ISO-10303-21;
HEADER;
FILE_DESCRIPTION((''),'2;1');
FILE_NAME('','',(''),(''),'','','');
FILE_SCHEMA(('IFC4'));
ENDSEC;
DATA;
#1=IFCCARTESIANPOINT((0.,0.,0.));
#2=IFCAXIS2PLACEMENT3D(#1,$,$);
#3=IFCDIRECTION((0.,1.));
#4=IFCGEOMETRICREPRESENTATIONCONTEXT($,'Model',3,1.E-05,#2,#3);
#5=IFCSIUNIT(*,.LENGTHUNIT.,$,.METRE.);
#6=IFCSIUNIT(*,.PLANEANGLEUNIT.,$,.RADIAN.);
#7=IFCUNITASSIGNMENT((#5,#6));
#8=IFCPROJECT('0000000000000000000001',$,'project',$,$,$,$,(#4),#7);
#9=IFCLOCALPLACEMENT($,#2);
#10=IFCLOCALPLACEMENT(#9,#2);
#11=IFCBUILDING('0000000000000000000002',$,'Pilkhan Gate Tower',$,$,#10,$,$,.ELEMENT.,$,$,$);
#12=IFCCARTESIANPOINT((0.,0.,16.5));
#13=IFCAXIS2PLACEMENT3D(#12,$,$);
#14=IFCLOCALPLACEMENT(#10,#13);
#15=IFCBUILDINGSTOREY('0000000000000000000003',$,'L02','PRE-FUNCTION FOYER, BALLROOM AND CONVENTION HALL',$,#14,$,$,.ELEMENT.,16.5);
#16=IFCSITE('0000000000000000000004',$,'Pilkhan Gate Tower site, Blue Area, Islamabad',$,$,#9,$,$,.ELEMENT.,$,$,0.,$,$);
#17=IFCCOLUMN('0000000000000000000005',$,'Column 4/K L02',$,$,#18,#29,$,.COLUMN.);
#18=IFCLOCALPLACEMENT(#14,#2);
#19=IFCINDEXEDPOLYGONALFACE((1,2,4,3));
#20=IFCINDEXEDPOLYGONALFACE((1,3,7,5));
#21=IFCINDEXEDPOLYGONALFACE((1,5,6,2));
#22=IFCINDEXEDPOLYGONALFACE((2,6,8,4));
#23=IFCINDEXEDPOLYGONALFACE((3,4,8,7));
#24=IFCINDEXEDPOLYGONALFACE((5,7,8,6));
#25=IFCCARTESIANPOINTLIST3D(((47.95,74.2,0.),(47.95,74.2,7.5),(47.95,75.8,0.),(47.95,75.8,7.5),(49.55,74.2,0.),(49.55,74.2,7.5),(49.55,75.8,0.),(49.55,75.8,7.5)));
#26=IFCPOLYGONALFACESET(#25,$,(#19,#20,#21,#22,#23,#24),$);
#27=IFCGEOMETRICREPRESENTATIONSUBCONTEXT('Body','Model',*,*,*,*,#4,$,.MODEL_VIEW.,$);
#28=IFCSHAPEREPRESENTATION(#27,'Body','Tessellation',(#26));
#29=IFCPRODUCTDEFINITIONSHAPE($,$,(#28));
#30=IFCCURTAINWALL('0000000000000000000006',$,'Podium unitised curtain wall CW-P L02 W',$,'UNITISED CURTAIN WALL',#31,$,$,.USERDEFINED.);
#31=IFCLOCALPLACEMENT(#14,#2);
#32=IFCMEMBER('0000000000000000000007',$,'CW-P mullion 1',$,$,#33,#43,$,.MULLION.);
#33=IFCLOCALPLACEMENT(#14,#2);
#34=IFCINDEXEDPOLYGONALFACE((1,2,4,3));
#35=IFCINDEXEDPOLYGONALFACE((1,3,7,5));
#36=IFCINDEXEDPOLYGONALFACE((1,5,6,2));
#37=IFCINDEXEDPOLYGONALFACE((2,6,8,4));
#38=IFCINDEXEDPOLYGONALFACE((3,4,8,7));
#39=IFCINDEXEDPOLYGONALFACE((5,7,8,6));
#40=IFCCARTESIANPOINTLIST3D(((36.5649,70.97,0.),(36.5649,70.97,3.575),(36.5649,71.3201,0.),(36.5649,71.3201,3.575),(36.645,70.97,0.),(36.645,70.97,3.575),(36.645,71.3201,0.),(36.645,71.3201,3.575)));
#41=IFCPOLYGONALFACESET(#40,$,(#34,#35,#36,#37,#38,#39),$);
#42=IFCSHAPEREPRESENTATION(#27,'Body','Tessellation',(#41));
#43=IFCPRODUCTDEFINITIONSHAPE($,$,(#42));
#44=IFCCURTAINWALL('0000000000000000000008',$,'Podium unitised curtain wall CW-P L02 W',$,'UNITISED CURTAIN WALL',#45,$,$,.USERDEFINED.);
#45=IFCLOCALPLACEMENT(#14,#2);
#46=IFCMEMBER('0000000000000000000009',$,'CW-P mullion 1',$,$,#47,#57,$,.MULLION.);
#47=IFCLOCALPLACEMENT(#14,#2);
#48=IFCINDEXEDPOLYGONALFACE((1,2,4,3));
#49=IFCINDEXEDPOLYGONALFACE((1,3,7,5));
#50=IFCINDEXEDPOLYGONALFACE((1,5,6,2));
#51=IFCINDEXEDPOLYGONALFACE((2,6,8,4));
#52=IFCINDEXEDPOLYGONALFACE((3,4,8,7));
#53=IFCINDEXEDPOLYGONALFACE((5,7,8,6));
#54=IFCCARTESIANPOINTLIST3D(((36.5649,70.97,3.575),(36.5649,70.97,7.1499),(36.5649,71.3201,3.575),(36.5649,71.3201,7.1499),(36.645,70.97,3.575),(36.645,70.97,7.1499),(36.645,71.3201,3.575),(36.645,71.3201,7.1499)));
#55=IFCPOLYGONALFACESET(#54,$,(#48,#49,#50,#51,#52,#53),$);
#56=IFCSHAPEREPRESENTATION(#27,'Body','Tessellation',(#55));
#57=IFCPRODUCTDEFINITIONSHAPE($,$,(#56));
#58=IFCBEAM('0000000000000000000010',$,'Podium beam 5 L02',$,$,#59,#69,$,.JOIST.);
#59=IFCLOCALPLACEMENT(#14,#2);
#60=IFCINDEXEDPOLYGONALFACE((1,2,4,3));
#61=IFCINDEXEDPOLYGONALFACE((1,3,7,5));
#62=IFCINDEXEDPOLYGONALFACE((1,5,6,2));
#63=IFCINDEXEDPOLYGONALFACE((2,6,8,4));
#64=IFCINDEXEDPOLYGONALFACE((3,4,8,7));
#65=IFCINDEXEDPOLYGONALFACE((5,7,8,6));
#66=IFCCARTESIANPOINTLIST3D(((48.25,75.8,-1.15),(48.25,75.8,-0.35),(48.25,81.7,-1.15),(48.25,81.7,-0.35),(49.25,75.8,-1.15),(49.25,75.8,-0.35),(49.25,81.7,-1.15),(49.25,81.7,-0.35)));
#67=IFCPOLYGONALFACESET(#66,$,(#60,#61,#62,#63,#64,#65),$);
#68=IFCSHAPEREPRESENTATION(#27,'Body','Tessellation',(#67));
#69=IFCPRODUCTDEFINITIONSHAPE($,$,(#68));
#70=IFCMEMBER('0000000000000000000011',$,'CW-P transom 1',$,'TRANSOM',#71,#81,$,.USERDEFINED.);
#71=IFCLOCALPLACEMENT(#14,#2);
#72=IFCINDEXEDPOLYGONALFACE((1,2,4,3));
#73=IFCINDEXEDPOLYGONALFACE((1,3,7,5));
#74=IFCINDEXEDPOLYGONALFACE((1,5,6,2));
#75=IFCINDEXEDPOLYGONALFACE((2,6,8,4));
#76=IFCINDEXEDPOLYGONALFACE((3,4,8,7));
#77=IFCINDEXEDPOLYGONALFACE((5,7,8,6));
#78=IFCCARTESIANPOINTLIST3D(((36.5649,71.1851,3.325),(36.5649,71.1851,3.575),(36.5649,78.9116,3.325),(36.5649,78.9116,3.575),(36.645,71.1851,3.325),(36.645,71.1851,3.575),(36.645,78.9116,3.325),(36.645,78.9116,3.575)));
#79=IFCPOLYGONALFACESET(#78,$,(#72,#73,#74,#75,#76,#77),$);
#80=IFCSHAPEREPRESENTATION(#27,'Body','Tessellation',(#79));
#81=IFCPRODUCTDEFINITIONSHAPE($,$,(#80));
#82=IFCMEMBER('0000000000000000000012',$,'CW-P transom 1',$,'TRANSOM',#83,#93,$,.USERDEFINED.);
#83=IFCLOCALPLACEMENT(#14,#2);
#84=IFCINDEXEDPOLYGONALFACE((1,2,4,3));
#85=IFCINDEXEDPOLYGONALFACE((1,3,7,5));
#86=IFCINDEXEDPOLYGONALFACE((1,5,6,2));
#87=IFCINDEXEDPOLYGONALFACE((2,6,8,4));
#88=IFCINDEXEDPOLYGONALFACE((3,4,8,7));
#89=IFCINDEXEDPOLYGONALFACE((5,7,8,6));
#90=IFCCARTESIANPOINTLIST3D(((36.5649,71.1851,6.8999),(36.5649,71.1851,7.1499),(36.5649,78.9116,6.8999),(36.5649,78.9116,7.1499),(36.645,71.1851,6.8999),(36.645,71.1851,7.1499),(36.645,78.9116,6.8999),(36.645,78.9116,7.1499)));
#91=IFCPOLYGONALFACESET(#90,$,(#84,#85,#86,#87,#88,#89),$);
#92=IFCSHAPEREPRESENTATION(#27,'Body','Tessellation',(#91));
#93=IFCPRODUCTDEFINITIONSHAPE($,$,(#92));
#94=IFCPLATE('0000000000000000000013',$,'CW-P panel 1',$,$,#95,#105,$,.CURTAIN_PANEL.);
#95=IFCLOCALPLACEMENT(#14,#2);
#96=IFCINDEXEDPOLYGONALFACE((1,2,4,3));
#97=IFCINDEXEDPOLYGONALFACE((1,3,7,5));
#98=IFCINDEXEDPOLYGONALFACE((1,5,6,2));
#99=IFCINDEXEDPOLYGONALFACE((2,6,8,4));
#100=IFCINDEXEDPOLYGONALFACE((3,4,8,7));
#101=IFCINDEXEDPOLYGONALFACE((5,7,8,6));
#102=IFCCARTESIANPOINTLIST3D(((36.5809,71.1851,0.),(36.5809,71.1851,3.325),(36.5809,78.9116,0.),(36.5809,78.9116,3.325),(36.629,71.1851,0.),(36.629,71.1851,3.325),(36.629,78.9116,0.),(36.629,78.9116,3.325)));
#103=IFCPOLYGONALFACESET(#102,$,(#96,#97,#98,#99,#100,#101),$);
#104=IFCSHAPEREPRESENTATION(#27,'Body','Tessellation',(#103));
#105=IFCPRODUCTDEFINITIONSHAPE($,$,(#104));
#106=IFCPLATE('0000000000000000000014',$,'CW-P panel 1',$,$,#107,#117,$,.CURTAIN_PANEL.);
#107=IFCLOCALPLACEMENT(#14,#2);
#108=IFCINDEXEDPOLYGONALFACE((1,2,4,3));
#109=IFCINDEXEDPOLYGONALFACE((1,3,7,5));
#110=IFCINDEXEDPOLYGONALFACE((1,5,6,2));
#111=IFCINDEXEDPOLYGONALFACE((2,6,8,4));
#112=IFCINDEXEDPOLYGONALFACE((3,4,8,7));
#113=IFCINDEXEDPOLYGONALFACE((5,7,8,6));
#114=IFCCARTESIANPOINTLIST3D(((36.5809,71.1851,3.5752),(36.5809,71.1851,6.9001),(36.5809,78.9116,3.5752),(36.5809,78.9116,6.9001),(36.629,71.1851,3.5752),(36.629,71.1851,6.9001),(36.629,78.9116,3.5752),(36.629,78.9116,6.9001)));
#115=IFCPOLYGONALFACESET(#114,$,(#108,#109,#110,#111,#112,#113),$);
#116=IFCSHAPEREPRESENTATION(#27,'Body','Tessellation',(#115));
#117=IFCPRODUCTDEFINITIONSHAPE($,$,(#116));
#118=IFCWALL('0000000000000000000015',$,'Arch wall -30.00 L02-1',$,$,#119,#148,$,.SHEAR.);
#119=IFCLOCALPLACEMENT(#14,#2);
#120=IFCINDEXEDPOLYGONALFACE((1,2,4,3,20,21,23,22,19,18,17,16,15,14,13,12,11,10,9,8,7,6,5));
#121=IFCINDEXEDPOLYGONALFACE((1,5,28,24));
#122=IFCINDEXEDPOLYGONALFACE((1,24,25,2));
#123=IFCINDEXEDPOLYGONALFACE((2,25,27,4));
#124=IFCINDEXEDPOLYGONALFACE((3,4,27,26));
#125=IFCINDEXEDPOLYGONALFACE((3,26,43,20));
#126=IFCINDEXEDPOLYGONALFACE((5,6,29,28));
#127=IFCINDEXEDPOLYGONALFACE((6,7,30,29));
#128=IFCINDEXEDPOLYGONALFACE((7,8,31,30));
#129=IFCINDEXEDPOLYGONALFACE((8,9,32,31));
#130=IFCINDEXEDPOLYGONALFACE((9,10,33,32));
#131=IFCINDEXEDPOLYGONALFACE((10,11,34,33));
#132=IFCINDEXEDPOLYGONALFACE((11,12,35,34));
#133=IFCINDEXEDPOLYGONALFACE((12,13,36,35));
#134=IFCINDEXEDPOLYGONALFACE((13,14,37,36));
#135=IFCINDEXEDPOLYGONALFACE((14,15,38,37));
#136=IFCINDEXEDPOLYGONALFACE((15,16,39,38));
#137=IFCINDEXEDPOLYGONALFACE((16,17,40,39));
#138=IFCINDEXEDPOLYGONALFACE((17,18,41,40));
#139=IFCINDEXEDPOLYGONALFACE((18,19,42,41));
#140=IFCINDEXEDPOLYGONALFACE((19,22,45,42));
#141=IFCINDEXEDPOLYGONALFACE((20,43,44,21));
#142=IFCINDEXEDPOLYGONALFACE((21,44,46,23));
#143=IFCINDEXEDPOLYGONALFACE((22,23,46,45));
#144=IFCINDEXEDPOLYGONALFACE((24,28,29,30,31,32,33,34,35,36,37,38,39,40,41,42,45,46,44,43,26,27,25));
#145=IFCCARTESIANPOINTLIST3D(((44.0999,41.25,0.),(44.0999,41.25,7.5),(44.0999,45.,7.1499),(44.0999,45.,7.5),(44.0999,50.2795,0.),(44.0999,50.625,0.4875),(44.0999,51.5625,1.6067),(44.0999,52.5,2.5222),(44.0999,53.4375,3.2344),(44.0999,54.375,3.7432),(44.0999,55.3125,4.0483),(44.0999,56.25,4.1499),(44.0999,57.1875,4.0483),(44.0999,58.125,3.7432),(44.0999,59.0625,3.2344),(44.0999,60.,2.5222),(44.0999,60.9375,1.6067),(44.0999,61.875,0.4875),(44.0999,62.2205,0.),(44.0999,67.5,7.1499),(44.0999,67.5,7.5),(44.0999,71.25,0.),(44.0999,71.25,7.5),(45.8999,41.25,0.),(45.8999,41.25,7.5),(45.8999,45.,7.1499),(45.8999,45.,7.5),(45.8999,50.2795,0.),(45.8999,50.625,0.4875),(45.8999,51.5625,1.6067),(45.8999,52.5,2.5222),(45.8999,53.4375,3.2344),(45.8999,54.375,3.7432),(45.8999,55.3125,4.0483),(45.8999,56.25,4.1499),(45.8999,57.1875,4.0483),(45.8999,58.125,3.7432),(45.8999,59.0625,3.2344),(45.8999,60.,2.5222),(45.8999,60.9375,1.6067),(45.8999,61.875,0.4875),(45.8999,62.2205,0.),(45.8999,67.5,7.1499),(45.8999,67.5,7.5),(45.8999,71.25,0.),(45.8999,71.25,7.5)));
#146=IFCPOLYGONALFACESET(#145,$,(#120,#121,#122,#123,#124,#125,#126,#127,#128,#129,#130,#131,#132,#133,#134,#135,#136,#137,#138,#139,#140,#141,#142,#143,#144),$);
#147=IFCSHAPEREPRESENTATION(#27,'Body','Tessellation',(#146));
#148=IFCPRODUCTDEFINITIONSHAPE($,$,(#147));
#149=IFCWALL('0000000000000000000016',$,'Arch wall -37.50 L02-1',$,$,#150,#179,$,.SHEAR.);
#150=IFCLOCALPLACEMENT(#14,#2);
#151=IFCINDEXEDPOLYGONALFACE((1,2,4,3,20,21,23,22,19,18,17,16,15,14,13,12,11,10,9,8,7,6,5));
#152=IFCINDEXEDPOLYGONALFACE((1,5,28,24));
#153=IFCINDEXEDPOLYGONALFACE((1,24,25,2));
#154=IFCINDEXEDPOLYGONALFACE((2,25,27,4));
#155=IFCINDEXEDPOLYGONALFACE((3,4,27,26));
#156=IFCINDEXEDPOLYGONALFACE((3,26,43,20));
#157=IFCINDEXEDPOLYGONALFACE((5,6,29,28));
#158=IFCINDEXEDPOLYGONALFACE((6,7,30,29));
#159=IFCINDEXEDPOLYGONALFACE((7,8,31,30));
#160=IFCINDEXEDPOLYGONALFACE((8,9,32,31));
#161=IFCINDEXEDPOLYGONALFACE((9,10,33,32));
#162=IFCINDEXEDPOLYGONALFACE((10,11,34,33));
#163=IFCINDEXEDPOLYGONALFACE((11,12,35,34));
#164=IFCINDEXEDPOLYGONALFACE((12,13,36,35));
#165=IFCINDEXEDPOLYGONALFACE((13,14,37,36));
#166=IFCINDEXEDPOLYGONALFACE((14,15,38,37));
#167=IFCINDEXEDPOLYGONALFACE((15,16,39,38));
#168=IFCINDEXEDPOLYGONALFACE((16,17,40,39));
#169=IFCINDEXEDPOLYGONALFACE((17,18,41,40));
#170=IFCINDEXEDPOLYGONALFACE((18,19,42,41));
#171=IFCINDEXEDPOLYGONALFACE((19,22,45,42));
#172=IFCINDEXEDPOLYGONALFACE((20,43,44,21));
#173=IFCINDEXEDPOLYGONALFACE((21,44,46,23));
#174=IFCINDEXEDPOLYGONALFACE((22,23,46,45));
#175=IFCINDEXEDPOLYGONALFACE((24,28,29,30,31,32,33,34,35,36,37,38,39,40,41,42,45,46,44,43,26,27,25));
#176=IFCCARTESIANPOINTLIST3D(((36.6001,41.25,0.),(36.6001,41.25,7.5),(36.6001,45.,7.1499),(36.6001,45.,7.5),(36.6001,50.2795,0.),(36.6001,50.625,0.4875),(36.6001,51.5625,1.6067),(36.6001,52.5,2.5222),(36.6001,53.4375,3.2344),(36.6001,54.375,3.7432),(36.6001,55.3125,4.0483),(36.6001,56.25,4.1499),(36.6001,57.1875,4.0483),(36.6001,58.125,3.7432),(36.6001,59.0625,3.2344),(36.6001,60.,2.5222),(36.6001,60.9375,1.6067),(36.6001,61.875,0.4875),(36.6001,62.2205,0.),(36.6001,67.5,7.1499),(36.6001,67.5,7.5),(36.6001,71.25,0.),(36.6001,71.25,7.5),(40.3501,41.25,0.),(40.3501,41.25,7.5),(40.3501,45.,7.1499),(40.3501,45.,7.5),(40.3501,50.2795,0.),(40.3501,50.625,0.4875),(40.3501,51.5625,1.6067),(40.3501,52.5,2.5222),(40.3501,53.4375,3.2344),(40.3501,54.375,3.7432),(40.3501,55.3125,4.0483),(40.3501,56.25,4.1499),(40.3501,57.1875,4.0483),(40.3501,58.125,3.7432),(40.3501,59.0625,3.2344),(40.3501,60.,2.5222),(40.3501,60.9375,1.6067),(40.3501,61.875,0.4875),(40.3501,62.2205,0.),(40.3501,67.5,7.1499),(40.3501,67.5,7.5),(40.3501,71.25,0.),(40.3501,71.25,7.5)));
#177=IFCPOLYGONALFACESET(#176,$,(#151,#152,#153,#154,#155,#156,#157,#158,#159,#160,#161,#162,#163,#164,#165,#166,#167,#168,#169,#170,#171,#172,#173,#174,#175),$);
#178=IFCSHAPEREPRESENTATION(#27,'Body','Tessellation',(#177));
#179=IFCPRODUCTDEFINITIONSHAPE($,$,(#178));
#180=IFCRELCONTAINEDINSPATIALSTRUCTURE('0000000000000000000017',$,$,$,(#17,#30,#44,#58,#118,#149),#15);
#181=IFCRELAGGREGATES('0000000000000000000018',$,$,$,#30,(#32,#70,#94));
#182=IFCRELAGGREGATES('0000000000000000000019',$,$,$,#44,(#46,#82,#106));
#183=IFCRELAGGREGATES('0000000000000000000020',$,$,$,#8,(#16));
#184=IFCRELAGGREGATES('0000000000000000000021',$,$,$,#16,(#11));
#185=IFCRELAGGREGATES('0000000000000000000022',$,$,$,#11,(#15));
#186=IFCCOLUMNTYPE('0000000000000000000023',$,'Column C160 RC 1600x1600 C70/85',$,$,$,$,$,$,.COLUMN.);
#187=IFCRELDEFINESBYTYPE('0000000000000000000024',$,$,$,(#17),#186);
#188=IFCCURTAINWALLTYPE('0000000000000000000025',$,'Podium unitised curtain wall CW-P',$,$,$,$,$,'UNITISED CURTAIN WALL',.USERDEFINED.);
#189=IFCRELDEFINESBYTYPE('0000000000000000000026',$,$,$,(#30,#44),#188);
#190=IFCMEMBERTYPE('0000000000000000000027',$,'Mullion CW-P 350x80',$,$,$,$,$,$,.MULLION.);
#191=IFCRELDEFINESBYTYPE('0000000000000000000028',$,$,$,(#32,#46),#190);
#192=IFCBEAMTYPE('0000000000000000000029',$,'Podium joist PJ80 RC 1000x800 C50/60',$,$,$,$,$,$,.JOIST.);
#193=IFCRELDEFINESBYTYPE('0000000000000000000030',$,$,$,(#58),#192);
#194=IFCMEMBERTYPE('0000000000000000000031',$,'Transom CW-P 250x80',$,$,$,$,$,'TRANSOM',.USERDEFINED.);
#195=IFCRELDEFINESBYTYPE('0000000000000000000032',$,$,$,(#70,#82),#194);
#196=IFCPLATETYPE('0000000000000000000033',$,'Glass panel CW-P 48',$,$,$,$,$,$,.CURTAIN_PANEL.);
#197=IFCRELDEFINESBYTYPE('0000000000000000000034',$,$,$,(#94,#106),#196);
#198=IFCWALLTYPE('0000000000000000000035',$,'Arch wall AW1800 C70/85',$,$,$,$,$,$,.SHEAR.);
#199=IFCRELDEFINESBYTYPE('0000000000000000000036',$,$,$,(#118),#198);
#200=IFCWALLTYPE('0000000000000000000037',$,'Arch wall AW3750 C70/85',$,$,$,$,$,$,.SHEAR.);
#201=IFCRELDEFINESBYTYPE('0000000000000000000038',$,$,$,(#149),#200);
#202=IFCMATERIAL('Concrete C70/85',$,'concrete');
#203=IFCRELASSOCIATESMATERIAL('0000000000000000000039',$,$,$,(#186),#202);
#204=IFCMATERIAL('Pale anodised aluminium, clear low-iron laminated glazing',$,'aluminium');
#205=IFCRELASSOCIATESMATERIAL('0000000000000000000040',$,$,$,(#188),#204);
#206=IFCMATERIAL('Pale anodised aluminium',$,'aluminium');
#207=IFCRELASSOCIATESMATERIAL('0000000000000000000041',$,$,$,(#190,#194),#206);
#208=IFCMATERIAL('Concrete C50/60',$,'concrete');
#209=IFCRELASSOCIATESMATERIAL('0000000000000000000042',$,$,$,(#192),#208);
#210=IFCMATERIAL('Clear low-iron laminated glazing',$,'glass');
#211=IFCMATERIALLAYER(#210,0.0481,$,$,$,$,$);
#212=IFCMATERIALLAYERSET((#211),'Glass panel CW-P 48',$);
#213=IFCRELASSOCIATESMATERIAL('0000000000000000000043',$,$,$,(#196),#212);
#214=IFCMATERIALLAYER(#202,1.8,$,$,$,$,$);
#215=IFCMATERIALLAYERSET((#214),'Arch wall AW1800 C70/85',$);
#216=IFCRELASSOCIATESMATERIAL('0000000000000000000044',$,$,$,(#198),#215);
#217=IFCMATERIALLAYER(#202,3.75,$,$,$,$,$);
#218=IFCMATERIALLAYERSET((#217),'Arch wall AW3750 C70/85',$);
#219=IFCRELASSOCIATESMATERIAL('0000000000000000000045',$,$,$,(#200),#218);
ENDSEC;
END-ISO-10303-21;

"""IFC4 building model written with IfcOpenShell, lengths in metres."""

from ifc_helpers import new_model, si_unit, direction, frame, origin, origin_2d, place, context, subcontext, project, spatial, polyline, rectangle, outline, extrude, material, layer, layer_set, material_profile, profile_set, type_object, element, aggregate, save


model = new_model("IFC4")

# Units and contexts
model_context = context("Model", 3, precision=1e-05, world=origin(), true_north=direction((0.0, 1.0)))
body_context = subcontext(model_context, "Body", "Model", "MODEL_VIEW")
ifc_project = project(units=[si_unit("LENGTHUNIT", "METRE"), si_unit("PLANEANGLEUNIT", "RADIAN")], contexts=[model_context])

# Site, building, storey
site_placement = place(None, origin())
site = spatial("IfcSite", under=ifc_project, at=site_placement, Name="Pilkhan Gate Tower site, Blue Area, Islamabad", CompositionType="ELEMENT", RefElevation=0.0)
building_placement = place(site_placement, origin())
building = spatial("IfcBuilding", under=site, at=building_placement, Name="Pilkhan Gate Tower", CompositionType="ELEMENT")
storey_placement = place(building_placement, frame((0.0, 0.0, 16.5)))
storey = spatial("IfcBuildingStorey", under=building, at=storey_placement, Name="L02", Description="PRE-FUNCTION FOYER, BALLROOM AND CONVENTION HALL", CompositionType="ELEMENT", Elevation=16.5)

# Column
ifc_material_1 = material(Name="Concrete C70/85", Category="concrete")
ifc_material_profile_1 = material_profile(ifc_material_1, rectangle(XDim=1.6001, YDim=1.6001, at=origin_2d()), Name="RC 1600x1600")
ifc_profile_set_1 = profile_set([ifc_material_profile_1], Name="Concrete C70/85")
column_type = type_object("IfcColumnType", Name="Column C160 RC 1600x1600 C70/85", PredefinedType="COLUMN", material=ifc_profile_set_1)
column_placement = place(storey_placement, frame((48.75, 75.0, 0.0), z_axis=(0.0, 0.0, 1.0), x_axis=(1.0, 0.0, 0.0)))
element("IfcColumn", 1, at=column_placement, inside=storey, type_object=column_type, Name="Column 4/K L02", PredefinedType="COLUMN", context=body_context, shape_type="SweptSolid", body=[
    extrude(rectangle(XDim=1.6001, YDim=1.6001, at=origin_2d()), origin(), (0.0, 0.0, 1.0), 7.5),
])

# Curtain walls, members
ifc_material_2 = material(Name="Pale anodised aluminium, clear low-iron laminated glazing", Category="aluminium")
curtain_wall_type = type_object("IfcCurtainWallType", Name="Podium unitised curtain wall CW-P", ElementType="UNITISED CURTAIN WALL", PredefinedType="USERDEFINED", material=ifc_material_2)
curtain_wall_1_placement = place(storey_placement, origin())
curtain_wall_1 = element("IfcCurtainWall", 2, at=curtain_wall_1_placement, inside=storey, type_object=curtain_wall_type, Name="Podium unitised curtain wall CW-P L02 W", ObjectType="UNITISED CURTAIN WALL", PredefinedType="USERDEFINED")
ifc_material_3 = material(Name="Pale anodised aluminium", Category="aluminium")
ifc_material_profile_2 = material_profile(ifc_material_3, rectangle(XDim=0.0801, YDim=0.3501, at=origin_2d()), Name="Mullion 350x80")
ifc_profile_set_2 = profile_set([ifc_material_profile_2], Name="Pale anodised aluminium")
member_type_1 = type_object("IfcMemberType", Name="Mullion CW-P 350x80", PredefinedType="MULLION", material=ifc_profile_set_2)
member_1_placement = place(storey_placement, frame((36.605, 71.145, 0.0), z_axis=(0.0, 0.0, 1.0), x_axis=(-1.0, 0.0, 0.0)))
member_1 = element("IfcMember", 3, at=member_1_placement, type_object=member_type_1, Name="CW-P mullion 1", PredefinedType="MULLION", context=body_context, shape_type="SweptSolid", body=[
    extrude(rectangle(XDim=0.0801, YDim=0.3501, at=origin_2d()), origin(), (0.0, 0.0, 1.0), 3.575),
])
curtain_wall_2_placement = place(storey_placement, origin())
curtain_wall_2 = element("IfcCurtainWall", 4, at=curtain_wall_2_placement, inside=storey, type_object=curtain_wall_type, Name="Podium unitised curtain wall CW-P L02 W", ObjectType="UNITISED CURTAIN WALL", PredefinedType="USERDEFINED")
member_2_placement = place(storey_placement, frame((36.605, 71.145, 3.575), z_axis=(0.0, 0.0, 1.0), x_axis=(-1.0, 0.0, 0.0)))
member_2 = element("IfcMember", 5, at=member_2_placement, type_object=member_type_1, Name="CW-P mullion 1", PredefinedType="MULLION", context=body_context, shape_type="SweptSolid", body=[
    extrude(rectangle(XDim=0.0801, YDim=0.3501, at=origin_2d()), origin(), (0.0, 0.0, 1.0), 3.575),
])

# Beam
ifc_material_4 = material(Name="Concrete C50/60", Category="concrete")
ifc_material_profile_3 = material_profile(ifc_material_4, rectangle(XDim=1.0, YDim=0.8, at=origin_2d()), Name="RC 1000x800")
ifc_profile_set_3 = profile_set([ifc_material_profile_3], Name="Concrete C50/60")
beam_type = type_object("IfcBeamType", Name="Podium joist PJ80 RC 1000x800 C50/60", PredefinedType="JOIST", material=ifc_profile_set_3)
beam_placement = place(storey_placement, frame((48.75, 75.8, -0.75), z_axis=(0.0, 1.0, 0.0), x_axis=(-1.0, 0.0, 0.0)))
element("IfcBeam", 6, at=beam_placement, inside=storey, type_object=beam_type, Name="Podium beam 5 L02", PredefinedType="JOIST", context=body_context, shape_type="SweptSolid", body=[
    extrude(rectangle(XDim=1.0, YDim=0.8, at=origin_2d()), origin(), (0.0, 0.0, 1.0), 5.8999),
])

# Members
ifc_material_profile_4 = material_profile(ifc_material_3, rectangle(XDim=0.0801, YDim=0.25, at=origin_2d()), Name="Transom 250x80")
ifc_profile_set_4 = profile_set([ifc_material_profile_4], Name="Pale anodised aluminium")
member_type_2 = type_object("IfcMemberType", Name="Transom CW-P 250x80", ElementType="TRANSOM", PredefinedType="USERDEFINED", material=ifc_profile_set_4)
member_3_placement = place(storey_placement, frame((36.605, 71.1851, 3.45), z_axis=(0.0, 1.0, 0.0), x_axis=(-1.0, 0.0, 0.0)))
member_3 = element("IfcMember", 7, at=member_3_placement, type_object=member_type_2, Name="CW-P transom 1", ObjectType="TRANSOM", PredefinedType="USERDEFINED", context=body_context, shape_type="SweptSolid", body=[
    extrude(rectangle(XDim=0.0801, YDim=0.25, at=origin_2d()), origin(), (0.0, 0.0, 1.0), 7.7266),
])
member_4_placement = place(storey_placement, frame((36.605, 71.1851, 7.0249), z_axis=(0.0, 1.0, 0.0), x_axis=(-1.0, 0.0, 0.0)))
member_4 = element("IfcMember", 8, at=member_4_placement, type_object=member_type_2, Name="CW-P transom 1", ObjectType="TRANSOM", PredefinedType="USERDEFINED", context=body_context, shape_type="SweptSolid", body=[
    extrude(rectangle(XDim=0.0801, YDim=0.25, at=origin_2d()), origin(), (0.0, 0.0, 1.0), 7.7266),
])

# Plates
ifc_material_5 = material(Name="Clear low-iron laminated glazing", Category="glass")
ifc_layer_1 = layer(ifc_material_5, 0.0481)
ifc_layer_set_1 = layer_set([ifc_layer_1], Name="Glass panel CW-P 48")
plate_type = type_object("IfcPlateType", Name="Glass panel CW-P 48", PredefinedType="CURTAIN_PANEL", material=ifc_layer_set_1)
plate_1_placement = place(storey_placement, frame((36.605, 75.0483, 0.0), z_axis=(0.0, 0.0, 1.0), x_axis=(0.0, 1.0, 0.0)))
plate_1 = element("IfcPlate", 9, at=plate_1_placement, type_object=plate_type, Name="CW-P panel 1", PredefinedType="CURTAIN_PANEL", context=body_context, shape_type="SweptSolid", body=[
    extrude(rectangle(XDim=7.7266, YDim=0.0481, at=origin_2d()), origin(), (0.0, 0.0, 1.0), 3.325),
])
aggregate(curtain_wall_1, [member_1, member_3, plate_1])
plate_2_placement = place(storey_placement, frame((36.605, 75.0483, 3.5752), z_axis=(0.0, 0.0, 1.0), x_axis=(0.0, 1.0, 0.0)))
plate_2 = element("IfcPlate", 10, at=plate_2_placement, type_object=plate_type, Name="CW-P panel 1", PredefinedType="CURTAIN_PANEL", context=body_context, shape_type="SweptSolid", body=[
    extrude(rectangle(XDim=7.7266, YDim=0.0481, at=origin_2d()), origin(), (0.0, 0.0, 1.0), 3.325),
])
aggregate(curtain_wall_2, [member_2, member_4, plate_2])

# Walls
ifc_layer_2 = layer(ifc_material_1, 1.8)
ifc_layer_set_2 = layer_set([ifc_layer_2], Name="Arch wall AW1800 C70/85")
wall_type_1 = type_object("IfcWallType", Name="Arch wall AW1800 C70/85", PredefinedType="SHEAR", material=ifc_layer_set_2)
wall_1_placement = place(storey_placement, frame((45.8999, 62.2205, 0.0), z_axis=(1.0, 0.0, 0.0), x_axis=(0.0, 1.0, 0.0)))
element("IfcWall", 11, at=wall_1_placement, inside=storey, type_object=wall_type_1, Name="Arch wall -30.00 L02-1", PredefinedType="SHEAR", context=body_context, shape_type="SweptSolid", body=[
    extrude(outline(polyline([(0.0, 0.0), (9.0295, 0.0), (9.0295, 7.5), (5.2795, 7.5), (5.2795, 7.1499), (-17.2205, 7.1499), (-17.2205, 7.5), (-20.9705, 7.5), (-20.9705, 0.0), (-11.9409, 0.0), (-11.5955, 0.4875), (-10.658, 1.6067), (-9.7205, 2.5222), (-8.783, 3.2344), (-7.8455, 3.7432), (-6.908, 4.0483), (-5.9705, 4.1499), (-5.033, 4.0483), (-4.0955, 3.7432), (-3.158, 3.2344), (-2.2205, 2.5222), (-1.283, 1.6067), (-0.3455, 0.4875), (0.0, 0.0)])), origin(), (0.0, 0.0, -1.0), 1.8),
])
ifc_layer_3 = layer(ifc_material_1, 3.75)
ifc_layer_set_3 = layer_set([ifc_layer_3], Name="Arch wall AW3750 C70/85")
wall_type_2 = type_object("IfcWallType", Name="Arch wall AW3750 C70/85", PredefinedType="SHEAR", material=ifc_layer_set_3)
wall_2_placement = place(storey_placement, frame((40.3501, 62.2205, 0.0), z_axis=(1.0, 0.0, 0.0), x_axis=(0.0, 1.0, 0.0)))
element("IfcWall", 12, at=wall_2_placement, inside=storey, type_object=wall_type_2, Name="Arch wall -37.50 L02-1", PredefinedType="SHEAR", context=body_context, shape_type="SweptSolid", body=[
    extrude(outline(polyline([(0.0, 0.0), (9.0295, 0.0), (9.0295, 7.5), (5.2795, 7.5), (5.2795, 7.1499), (-17.2205, 7.1499), (-17.2205, 7.5), (-20.9705, 7.5), (-20.9705, 0.0), (-11.9409, 0.0), (-11.5955, 0.4875), (-10.658, 1.6067), (-9.7205, 2.5222), (-8.783, 3.2344), (-7.8455, 3.7432), (-6.908, 4.0483), (-5.9705, 4.1499), (-5.033, 4.0483), (-4.0955, 3.7432), (-3.158, 3.2344), (-2.2205, 2.5222), (-1.283, 1.6067), (-0.3455, 0.4875), (0.0, 0.0)])), origin(), (0.0, 0.0, -1.0), 3.75),
])

save(model, "model.ifc")
